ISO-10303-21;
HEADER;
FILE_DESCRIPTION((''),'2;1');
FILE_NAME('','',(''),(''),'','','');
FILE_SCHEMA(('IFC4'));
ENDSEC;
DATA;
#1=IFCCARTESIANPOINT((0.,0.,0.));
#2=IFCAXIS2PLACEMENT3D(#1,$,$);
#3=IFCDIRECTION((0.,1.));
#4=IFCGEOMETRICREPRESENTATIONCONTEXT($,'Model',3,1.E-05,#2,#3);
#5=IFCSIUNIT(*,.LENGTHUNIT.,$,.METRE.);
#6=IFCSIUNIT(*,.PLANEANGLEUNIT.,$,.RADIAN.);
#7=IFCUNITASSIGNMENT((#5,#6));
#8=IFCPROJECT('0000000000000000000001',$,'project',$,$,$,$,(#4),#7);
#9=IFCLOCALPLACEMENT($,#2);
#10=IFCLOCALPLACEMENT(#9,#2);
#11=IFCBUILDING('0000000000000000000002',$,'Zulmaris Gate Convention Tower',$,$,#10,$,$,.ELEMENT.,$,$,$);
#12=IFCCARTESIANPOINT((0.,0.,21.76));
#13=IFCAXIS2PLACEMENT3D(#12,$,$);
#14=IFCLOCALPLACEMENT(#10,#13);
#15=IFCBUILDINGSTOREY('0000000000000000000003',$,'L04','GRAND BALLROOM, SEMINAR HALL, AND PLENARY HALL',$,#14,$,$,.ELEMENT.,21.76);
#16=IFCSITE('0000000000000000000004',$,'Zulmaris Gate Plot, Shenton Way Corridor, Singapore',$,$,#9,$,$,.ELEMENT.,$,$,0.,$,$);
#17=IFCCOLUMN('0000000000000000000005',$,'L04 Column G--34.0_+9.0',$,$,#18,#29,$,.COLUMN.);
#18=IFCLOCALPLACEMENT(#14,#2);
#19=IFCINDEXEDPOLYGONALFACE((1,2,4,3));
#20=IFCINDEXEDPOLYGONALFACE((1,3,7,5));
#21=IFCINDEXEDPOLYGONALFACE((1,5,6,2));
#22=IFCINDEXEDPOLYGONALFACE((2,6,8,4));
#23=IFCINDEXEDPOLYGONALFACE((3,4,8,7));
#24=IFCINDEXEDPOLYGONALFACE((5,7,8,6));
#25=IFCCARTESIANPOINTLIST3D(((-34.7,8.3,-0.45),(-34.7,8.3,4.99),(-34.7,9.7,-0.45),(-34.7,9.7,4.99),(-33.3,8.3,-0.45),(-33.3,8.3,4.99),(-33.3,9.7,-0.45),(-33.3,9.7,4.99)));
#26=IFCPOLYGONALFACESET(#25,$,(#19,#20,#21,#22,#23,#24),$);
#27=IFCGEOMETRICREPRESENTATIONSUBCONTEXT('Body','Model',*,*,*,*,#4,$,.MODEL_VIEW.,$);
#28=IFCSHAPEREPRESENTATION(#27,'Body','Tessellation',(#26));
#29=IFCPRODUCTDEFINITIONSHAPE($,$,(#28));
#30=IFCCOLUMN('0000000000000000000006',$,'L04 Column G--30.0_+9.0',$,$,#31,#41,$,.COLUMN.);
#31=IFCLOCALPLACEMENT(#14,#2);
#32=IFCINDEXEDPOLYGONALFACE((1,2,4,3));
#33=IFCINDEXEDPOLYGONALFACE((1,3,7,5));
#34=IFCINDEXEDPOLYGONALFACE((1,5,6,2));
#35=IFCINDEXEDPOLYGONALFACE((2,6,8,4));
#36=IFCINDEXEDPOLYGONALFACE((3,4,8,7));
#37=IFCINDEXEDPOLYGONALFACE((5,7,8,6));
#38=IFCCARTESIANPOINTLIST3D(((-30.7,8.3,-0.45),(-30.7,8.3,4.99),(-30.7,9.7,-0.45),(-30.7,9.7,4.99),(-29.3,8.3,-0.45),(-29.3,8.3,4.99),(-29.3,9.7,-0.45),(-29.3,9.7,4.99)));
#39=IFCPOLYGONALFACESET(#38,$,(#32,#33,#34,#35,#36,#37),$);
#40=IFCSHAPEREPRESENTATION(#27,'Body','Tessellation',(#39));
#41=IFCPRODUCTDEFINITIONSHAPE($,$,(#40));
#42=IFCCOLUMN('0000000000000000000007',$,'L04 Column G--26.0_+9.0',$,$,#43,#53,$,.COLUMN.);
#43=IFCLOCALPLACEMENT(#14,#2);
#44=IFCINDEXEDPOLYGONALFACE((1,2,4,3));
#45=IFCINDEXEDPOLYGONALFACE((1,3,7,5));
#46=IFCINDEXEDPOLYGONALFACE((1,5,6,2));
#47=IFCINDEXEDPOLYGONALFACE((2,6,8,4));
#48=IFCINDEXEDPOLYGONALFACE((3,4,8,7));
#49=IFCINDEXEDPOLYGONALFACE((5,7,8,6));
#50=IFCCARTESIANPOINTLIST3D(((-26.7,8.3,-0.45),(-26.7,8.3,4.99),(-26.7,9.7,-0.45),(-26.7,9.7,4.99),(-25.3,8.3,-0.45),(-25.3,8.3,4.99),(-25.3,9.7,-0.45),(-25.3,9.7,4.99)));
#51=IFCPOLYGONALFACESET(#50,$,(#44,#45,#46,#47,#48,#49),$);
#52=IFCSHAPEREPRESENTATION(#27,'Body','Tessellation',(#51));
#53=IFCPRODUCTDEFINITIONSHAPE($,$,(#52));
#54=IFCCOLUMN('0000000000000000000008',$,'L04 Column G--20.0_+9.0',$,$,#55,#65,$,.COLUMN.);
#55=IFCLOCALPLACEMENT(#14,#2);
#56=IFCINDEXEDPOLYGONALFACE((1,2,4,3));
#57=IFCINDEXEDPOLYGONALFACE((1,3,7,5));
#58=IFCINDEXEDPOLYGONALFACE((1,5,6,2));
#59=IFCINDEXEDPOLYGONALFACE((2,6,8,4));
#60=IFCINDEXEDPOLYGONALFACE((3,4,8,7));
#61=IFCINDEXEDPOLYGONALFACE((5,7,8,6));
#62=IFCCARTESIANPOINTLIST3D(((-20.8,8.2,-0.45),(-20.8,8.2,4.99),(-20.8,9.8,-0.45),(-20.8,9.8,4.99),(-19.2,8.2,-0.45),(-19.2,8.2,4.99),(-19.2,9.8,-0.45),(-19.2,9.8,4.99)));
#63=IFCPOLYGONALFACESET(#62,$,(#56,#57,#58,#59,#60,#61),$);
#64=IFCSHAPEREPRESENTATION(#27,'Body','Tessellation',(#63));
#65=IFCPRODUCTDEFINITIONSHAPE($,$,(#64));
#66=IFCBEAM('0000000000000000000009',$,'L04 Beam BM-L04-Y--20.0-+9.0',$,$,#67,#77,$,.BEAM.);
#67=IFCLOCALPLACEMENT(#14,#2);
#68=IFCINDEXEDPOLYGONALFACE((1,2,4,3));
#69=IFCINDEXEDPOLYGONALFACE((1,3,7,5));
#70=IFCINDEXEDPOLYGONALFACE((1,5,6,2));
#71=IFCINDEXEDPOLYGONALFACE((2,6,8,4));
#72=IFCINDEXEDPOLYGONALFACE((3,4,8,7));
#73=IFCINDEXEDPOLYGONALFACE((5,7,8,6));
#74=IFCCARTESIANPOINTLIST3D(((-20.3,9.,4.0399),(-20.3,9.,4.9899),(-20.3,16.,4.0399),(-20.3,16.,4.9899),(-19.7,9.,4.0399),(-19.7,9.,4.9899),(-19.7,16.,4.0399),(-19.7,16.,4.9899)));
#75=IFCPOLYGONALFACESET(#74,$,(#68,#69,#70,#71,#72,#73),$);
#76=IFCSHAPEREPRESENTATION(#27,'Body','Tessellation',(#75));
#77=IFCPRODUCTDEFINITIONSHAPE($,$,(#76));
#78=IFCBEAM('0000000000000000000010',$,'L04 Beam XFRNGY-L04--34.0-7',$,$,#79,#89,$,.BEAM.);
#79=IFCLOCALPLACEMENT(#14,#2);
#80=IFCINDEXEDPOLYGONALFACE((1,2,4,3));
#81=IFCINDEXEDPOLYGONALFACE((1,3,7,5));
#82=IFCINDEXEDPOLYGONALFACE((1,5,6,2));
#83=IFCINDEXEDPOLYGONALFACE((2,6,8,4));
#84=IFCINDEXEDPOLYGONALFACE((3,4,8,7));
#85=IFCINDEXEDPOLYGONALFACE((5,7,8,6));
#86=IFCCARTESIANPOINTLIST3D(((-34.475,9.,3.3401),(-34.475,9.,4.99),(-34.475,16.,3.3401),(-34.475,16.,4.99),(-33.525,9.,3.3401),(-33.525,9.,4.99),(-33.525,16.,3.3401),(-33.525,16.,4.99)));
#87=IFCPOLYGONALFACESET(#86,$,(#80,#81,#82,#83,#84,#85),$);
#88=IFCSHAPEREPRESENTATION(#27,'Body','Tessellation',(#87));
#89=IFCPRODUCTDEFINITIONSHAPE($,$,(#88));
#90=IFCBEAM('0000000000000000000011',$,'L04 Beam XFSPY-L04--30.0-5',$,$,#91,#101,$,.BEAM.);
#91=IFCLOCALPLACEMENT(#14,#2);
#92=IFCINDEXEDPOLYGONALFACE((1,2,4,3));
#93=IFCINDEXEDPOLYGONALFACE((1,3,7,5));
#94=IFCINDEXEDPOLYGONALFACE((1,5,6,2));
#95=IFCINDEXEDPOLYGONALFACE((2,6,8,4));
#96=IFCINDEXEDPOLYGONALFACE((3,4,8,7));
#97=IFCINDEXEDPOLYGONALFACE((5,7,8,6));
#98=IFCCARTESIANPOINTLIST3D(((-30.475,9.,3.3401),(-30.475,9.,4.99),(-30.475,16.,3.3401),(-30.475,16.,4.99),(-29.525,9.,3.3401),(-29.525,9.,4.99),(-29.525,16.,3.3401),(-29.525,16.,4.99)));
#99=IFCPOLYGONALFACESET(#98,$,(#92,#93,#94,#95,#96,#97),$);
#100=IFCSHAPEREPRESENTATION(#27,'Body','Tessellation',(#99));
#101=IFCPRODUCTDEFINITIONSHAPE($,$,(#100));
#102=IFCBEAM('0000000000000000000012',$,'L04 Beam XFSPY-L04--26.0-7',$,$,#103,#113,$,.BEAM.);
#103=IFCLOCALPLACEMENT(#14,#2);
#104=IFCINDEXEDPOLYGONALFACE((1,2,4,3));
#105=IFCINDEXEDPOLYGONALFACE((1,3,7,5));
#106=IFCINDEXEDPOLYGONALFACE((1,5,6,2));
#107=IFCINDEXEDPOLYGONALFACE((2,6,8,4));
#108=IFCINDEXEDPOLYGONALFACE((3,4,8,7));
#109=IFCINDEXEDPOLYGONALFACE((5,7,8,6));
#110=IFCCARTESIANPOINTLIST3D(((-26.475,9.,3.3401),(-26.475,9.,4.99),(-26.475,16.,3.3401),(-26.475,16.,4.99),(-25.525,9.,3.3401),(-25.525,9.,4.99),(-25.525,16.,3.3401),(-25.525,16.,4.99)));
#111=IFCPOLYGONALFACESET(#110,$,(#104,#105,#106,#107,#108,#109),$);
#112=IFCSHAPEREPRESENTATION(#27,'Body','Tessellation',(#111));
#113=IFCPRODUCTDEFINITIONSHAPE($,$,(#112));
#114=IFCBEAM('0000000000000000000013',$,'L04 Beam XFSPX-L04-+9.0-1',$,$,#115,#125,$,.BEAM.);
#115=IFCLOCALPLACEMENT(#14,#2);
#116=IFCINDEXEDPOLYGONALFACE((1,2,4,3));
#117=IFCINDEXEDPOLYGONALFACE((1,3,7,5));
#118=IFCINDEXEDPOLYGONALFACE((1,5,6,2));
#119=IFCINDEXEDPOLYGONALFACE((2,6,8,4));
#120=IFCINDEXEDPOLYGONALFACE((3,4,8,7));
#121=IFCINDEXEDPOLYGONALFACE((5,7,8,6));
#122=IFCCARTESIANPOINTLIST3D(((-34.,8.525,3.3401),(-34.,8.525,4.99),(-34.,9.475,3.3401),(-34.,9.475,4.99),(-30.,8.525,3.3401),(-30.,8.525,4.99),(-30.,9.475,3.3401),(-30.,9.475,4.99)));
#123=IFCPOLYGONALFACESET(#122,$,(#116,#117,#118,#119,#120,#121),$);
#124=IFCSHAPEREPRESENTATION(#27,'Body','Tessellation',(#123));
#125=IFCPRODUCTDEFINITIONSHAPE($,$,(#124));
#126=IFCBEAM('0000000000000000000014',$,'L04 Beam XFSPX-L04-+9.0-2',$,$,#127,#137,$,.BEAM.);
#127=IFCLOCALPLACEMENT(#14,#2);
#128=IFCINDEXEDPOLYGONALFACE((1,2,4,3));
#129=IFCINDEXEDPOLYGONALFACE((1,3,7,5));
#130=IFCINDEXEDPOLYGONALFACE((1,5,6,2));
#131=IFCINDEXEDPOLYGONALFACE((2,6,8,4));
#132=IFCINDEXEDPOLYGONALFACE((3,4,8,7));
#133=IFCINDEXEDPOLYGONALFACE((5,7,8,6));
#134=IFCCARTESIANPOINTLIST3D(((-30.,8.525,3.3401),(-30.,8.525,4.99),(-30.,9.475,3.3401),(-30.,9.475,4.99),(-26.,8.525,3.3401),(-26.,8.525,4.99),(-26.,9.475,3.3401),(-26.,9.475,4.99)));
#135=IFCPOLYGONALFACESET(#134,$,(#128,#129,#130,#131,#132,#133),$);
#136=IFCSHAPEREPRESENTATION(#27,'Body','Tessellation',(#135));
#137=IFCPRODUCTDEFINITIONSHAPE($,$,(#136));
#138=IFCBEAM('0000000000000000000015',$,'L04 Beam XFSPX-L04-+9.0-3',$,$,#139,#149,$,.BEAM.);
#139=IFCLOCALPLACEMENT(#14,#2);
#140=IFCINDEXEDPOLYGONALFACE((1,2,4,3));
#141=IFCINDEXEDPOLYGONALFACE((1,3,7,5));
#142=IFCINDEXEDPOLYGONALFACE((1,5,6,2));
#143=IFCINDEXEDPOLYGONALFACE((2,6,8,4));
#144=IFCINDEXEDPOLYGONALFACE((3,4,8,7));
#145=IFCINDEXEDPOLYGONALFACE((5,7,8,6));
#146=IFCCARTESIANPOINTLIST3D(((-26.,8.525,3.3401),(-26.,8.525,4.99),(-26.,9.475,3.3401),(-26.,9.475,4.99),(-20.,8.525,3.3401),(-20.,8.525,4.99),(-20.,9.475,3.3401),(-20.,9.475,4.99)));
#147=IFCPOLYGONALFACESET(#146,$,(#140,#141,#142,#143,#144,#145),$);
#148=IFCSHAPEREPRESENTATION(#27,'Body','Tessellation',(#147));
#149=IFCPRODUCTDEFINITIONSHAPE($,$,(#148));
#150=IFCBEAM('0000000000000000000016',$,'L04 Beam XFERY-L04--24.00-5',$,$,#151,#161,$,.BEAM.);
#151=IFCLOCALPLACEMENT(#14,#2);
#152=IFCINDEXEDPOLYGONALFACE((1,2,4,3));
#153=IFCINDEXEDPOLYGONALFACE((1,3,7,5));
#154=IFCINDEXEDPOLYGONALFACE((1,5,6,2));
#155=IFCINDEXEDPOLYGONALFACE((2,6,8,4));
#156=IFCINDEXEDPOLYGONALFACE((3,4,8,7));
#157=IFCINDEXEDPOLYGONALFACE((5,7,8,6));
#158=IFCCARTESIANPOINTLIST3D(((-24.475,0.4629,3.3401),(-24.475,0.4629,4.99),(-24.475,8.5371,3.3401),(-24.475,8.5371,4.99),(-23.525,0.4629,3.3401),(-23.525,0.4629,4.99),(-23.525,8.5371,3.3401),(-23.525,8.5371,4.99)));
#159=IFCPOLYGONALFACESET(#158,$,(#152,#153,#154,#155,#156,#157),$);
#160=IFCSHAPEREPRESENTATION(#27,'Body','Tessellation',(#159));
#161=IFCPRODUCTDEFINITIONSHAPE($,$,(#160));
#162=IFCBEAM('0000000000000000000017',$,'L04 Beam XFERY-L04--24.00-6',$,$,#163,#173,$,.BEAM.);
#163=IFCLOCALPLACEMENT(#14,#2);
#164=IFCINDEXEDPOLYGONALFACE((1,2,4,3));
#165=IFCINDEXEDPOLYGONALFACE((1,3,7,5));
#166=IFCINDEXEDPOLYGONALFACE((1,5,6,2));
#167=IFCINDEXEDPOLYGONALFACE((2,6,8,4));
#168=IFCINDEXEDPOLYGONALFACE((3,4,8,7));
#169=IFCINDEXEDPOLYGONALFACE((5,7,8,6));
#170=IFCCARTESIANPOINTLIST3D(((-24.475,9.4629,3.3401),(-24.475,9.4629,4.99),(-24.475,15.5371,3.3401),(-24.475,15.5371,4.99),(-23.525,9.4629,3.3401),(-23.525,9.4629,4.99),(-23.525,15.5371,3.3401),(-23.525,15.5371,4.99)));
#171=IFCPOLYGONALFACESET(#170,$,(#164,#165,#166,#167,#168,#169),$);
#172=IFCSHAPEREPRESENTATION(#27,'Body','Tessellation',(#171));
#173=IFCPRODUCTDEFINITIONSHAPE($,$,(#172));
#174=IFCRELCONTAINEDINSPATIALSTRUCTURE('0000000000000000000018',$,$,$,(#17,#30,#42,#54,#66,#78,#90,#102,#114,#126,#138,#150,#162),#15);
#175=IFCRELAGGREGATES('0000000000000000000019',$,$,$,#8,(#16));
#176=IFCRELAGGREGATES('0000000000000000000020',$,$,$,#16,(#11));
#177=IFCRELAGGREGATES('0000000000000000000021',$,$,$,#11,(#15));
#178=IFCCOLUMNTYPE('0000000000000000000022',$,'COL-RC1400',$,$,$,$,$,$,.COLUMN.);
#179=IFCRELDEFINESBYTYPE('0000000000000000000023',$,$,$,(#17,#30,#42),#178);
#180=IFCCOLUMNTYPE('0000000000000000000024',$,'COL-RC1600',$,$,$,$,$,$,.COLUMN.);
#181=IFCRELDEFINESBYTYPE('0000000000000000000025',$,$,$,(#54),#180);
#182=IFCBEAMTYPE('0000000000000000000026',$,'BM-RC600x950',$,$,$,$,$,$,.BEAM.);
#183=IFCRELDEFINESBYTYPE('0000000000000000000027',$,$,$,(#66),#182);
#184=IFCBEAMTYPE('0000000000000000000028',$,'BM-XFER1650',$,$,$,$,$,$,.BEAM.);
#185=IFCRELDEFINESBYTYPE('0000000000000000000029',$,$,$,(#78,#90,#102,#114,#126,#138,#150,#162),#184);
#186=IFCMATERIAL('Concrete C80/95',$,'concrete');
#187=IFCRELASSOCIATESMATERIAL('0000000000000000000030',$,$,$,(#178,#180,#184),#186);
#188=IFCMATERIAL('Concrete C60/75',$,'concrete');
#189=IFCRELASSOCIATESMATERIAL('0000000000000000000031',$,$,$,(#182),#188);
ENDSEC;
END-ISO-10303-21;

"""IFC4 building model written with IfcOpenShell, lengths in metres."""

from ifc_helpers import new_model, si_unit, direction, frame, origin, origin_2d, place, context, subcontext, project, spatial, rectangle, extrude, material, material_profile, profile_set, type_object, element, save


model = new_model("IFC4")

# Units and contexts
model_context = context("Model", 3, precision=1e-05, world=origin(), true_north=direction((0.0, 1.0)))
body_context = subcontext(model_context, "Body", "Model", "MODEL_VIEW")
ifc_project = project(units=[si_unit("LENGTHUNIT", "METRE"), si_unit("PLANEANGLEUNIT", "RADIAN")], contexts=[model_context])

# Site, building, storey
site_placement = place(None, origin())
site = spatial("IfcSite", under=ifc_project, at=site_placement, Name="Zulmaris Gate Plot, Shenton Way Corridor, Singapore", CompositionType="ELEMENT", RefElevation=0.0)
building_placement = place(site_placement, origin())
building = spatial("IfcBuilding", under=site, at=building_placement, Name="Zulmaris Gate Convention Tower", CompositionType="ELEMENT")
storey_placement = place(building_placement, frame((0.0, 0.0, 21.76)))
storey = spatial("IfcBuildingStorey", under=building, at=storey_placement, Name="L04", Description="GRAND BALLROOM, SEMINAR HALL, AND PLENARY HALL", CompositionType="ELEMENT", Elevation=21.76)

# Columns
ifc_material_1 = material(Name="Concrete C80/95", Category="concrete")
ifc_material_profile_1 = material_profile(ifc_material_1, rectangle(XDim=1.3999, YDim=1.3999, at=origin_2d()), Name="RC COL 1400x1400")
ifc_profile_set_1 = profile_set([ifc_material_profile_1], Name="Concrete C80/95")
column_type_1 = type_object("IfcColumnType", Name="COL-RC1400", PredefinedType="COLUMN", material=ifc_profile_set_1)
for number, where, z_axis, x_axis, name in (
    (1, (-34.0, 9.0, -0.45), (0.0, 0.0, 1.0), (1.0, 0.0, 0.0), "L04 Column G--34.0_+9.0"),
    (2, (-30.0, 9.0, -0.45), (0.0, 0.0, 1.0), (1.0, 0.0, 0.0), "L04 Column G--30.0_+9.0"),
    (3, (-26.0, 9.0, -0.45), (0.0, 0.0, 1.0), (1.0, 0.0, 0.0), "L04 Column G--26.0_+9.0"),
):
    element("IfcColumn", number, at=place(storey_placement, frame(where, z_axis=z_axis, x_axis=x_axis)), inside=storey, type_object=column_type_1, Name=name, PredefinedType="COLUMN", context=body_context, shape_type="SweptSolid", body=[
        extrude(rectangle(XDim=1.3999, YDim=1.3999, at=origin_2d()), origin(), (0.0, 0.0, 1.0), 5.4399),
    ])
ifc_material_profile_2 = material_profile(ifc_material_1, rectangle(XDim=1.6001, YDim=1.6001, at=origin_2d()), Name="RC COL 1600x1600")
ifc_profile_set_2 = profile_set([ifc_material_profile_2], Name="Concrete C80/95")
column_type_2 = type_object("IfcColumnType", Name="COL-RC1600", PredefinedType="COLUMN", material=ifc_profile_set_2)
column_placement = place(storey_placement, frame((-20.0, 9.0, -0.45), z_axis=(0.0, 0.0, 1.0), x_axis=(1.0, 0.0, 0.0)))
element("IfcColumn", 4, at=column_placement, inside=storey, type_object=column_type_2, Name="L04 Column G--20.0_+9.0", PredefinedType="COLUMN", context=body_context, shape_type="SweptSolid", body=[
    extrude(rectangle(XDim=1.6001, YDim=1.6001, at=origin_2d()), origin(), (0.0, 0.0, 1.0), 5.4399),
])

# Beams
ifc_material_2 = material(Name="Concrete C60/75", Category="concrete")
ifc_material_profile_3 = material_profile(ifc_material_2, rectangle(XDim=0.6001, YDim=0.95, at=origin_2d()), Name="RC BEAM 600x950")
ifc_profile_set_3 = profile_set([ifc_material_profile_3], Name="Concrete C60/75")
beam_type_1 = type_object("IfcBeamType", Name="BM-RC600x950", PredefinedType="BEAM", material=ifc_profile_set_3)
beam_1_placement = place(storey_placement, frame((-20.0, 9.0, 4.5149), z_axis=(0.0, 1.0, 0.0), x_axis=(-1.0, 0.0, 0.0)))
element("IfcBeam", 5, at=beam_1_placement, inside=storey, type_object=beam_type_1, Name="L04 Beam BM-L04-Y--20.0-+9.0", PredefinedType="BEAM", context=body_context, shape_type="SweptSolid", body=[
    extrude(rectangle(XDim=0.6001, YDim=0.95, at=origin_2d()), origin(), (0.0, 0.0, 1.0), 7.0),
])
ifc_material_profile_4 = material_profile(ifc_material_1, rectangle(XDim=0.95, YDim=1.6499, at=origin_2d()), Name="RC TRANSFER 950x1650")
ifc_profile_set_4 = profile_set([ifc_material_profile_4], Name="Concrete C80/95")
beam_type_2 = type_object("IfcBeamType", Name="BM-XFER1650", PredefinedType="BEAM", material=ifc_profile_set_4)
for number, where, z_axis, x_axis, name in (
    (6, (-34.0, 9.0, 4.165), (0.0, 1.0, 0.0), (-1.0, 0.0, 0.0), "L04 Beam XFRNGY-L04--34.0-7"),
    (7, (-30.0, 9.0, 4.165), (0.0, 1.0, 0.0), (-1.0, 0.0, 0.0), "L04 Beam XFSPY-L04--30.0-5"),
    (8, (-26.0, 9.0, 4.165), (0.0, 1.0, 0.0), (-1.0, 0.0, 0.0), "L04 Beam XFSPY-L04--26.0-7"),
):
    element("IfcBeam", number, at=place(storey_placement, frame(where, z_axis=z_axis, x_axis=x_axis)), inside=storey, type_object=beam_type_2, Name=name, PredefinedType="BEAM", context=body_context, shape_type="SweptSolid", body=[
        extrude(rectangle(XDim=0.95, YDim=1.6499, at=origin_2d()), origin(), (0.0, 0.0, 1.0), 7.0),
    ])
for number, where, z_axis, x_axis, name in (
    (9, (-34.0, 9.0, 4.165), (1.0, 0.0, 0.0), (0.0, 1.0, 0.0), "L04 Beam XFSPX-L04-+9.0-1"),
    (10, (-30.0, 9.0, 4.165), (1.0, 0.0, 0.0), (0.0, 1.0, 0.0), "L04 Beam XFSPX-L04-+9.0-2"),
):
    element("IfcBeam", number, at=place(storey_placement, frame(where, z_axis=z_axis, x_axis=x_axis)), inside=storey, type_object=beam_type_2, Name=name, PredefinedType="BEAM", context=body_context, shape_type="SweptSolid", body=[
        extrude(rectangle(XDim=0.95, YDim=1.6499, at=origin_2d()), origin(), (0.0, 0.0, 1.0), 4.0),
    ])
beam_2_placement = place(storey_placement, frame((-26.0, 9.0, 4.165), z_axis=(1.0, 0.0, 0.0), x_axis=(0.0, 1.0, 0.0)))
element("IfcBeam", 11, at=beam_2_placement, inside=storey, type_object=beam_type_2, Name="L04 Beam XFSPX-L04-+9.0-3", PredefinedType="BEAM", context=body_context, shape_type="SweptSolid", body=[
    extrude(rectangle(XDim=0.95, YDim=1.6499, at=origin_2d()), origin(), (0.0, 0.0, 1.0), 6.0),
])
beam_3_placement = place(storey_placement, frame((-24.0, 0.4629, 4.165), z_axis=(0.0, 1.0, 0.0), x_axis=(-1.0, 0.0, 0.0)))
element("IfcBeam", 12, at=beam_3_placement, inside=storey, type_object=beam_type_2, Name="L04 Beam XFERY-L04--24.00-5", PredefinedType="BEAM", context=body_context, shape_type="SweptSolid", body=[
    extrude(rectangle(XDim=0.95, YDim=1.6499, at=origin_2d()), origin(), (0.0, 0.0, 1.0), 8.0742),
])
beam_4_placement = place(storey_placement, frame((-24.0, 9.4629, 4.165), z_axis=(0.0, 1.0, 0.0), x_axis=(-1.0, 0.0, 0.0)))
element("IfcBeam", 13, at=beam_4_placement, inside=storey, type_object=beam_type_2, Name="L04 Beam XFERY-L04--24.00-6", PredefinedType="BEAM", context=body_context, shape_type="SweptSolid", body=[
    extrude(rectangle(XDim=0.95, YDim=1.6499, at=origin_2d()), origin(), (0.0, 0.0, 1.0), 6.0742),
])

save(model, "model.ifc")
